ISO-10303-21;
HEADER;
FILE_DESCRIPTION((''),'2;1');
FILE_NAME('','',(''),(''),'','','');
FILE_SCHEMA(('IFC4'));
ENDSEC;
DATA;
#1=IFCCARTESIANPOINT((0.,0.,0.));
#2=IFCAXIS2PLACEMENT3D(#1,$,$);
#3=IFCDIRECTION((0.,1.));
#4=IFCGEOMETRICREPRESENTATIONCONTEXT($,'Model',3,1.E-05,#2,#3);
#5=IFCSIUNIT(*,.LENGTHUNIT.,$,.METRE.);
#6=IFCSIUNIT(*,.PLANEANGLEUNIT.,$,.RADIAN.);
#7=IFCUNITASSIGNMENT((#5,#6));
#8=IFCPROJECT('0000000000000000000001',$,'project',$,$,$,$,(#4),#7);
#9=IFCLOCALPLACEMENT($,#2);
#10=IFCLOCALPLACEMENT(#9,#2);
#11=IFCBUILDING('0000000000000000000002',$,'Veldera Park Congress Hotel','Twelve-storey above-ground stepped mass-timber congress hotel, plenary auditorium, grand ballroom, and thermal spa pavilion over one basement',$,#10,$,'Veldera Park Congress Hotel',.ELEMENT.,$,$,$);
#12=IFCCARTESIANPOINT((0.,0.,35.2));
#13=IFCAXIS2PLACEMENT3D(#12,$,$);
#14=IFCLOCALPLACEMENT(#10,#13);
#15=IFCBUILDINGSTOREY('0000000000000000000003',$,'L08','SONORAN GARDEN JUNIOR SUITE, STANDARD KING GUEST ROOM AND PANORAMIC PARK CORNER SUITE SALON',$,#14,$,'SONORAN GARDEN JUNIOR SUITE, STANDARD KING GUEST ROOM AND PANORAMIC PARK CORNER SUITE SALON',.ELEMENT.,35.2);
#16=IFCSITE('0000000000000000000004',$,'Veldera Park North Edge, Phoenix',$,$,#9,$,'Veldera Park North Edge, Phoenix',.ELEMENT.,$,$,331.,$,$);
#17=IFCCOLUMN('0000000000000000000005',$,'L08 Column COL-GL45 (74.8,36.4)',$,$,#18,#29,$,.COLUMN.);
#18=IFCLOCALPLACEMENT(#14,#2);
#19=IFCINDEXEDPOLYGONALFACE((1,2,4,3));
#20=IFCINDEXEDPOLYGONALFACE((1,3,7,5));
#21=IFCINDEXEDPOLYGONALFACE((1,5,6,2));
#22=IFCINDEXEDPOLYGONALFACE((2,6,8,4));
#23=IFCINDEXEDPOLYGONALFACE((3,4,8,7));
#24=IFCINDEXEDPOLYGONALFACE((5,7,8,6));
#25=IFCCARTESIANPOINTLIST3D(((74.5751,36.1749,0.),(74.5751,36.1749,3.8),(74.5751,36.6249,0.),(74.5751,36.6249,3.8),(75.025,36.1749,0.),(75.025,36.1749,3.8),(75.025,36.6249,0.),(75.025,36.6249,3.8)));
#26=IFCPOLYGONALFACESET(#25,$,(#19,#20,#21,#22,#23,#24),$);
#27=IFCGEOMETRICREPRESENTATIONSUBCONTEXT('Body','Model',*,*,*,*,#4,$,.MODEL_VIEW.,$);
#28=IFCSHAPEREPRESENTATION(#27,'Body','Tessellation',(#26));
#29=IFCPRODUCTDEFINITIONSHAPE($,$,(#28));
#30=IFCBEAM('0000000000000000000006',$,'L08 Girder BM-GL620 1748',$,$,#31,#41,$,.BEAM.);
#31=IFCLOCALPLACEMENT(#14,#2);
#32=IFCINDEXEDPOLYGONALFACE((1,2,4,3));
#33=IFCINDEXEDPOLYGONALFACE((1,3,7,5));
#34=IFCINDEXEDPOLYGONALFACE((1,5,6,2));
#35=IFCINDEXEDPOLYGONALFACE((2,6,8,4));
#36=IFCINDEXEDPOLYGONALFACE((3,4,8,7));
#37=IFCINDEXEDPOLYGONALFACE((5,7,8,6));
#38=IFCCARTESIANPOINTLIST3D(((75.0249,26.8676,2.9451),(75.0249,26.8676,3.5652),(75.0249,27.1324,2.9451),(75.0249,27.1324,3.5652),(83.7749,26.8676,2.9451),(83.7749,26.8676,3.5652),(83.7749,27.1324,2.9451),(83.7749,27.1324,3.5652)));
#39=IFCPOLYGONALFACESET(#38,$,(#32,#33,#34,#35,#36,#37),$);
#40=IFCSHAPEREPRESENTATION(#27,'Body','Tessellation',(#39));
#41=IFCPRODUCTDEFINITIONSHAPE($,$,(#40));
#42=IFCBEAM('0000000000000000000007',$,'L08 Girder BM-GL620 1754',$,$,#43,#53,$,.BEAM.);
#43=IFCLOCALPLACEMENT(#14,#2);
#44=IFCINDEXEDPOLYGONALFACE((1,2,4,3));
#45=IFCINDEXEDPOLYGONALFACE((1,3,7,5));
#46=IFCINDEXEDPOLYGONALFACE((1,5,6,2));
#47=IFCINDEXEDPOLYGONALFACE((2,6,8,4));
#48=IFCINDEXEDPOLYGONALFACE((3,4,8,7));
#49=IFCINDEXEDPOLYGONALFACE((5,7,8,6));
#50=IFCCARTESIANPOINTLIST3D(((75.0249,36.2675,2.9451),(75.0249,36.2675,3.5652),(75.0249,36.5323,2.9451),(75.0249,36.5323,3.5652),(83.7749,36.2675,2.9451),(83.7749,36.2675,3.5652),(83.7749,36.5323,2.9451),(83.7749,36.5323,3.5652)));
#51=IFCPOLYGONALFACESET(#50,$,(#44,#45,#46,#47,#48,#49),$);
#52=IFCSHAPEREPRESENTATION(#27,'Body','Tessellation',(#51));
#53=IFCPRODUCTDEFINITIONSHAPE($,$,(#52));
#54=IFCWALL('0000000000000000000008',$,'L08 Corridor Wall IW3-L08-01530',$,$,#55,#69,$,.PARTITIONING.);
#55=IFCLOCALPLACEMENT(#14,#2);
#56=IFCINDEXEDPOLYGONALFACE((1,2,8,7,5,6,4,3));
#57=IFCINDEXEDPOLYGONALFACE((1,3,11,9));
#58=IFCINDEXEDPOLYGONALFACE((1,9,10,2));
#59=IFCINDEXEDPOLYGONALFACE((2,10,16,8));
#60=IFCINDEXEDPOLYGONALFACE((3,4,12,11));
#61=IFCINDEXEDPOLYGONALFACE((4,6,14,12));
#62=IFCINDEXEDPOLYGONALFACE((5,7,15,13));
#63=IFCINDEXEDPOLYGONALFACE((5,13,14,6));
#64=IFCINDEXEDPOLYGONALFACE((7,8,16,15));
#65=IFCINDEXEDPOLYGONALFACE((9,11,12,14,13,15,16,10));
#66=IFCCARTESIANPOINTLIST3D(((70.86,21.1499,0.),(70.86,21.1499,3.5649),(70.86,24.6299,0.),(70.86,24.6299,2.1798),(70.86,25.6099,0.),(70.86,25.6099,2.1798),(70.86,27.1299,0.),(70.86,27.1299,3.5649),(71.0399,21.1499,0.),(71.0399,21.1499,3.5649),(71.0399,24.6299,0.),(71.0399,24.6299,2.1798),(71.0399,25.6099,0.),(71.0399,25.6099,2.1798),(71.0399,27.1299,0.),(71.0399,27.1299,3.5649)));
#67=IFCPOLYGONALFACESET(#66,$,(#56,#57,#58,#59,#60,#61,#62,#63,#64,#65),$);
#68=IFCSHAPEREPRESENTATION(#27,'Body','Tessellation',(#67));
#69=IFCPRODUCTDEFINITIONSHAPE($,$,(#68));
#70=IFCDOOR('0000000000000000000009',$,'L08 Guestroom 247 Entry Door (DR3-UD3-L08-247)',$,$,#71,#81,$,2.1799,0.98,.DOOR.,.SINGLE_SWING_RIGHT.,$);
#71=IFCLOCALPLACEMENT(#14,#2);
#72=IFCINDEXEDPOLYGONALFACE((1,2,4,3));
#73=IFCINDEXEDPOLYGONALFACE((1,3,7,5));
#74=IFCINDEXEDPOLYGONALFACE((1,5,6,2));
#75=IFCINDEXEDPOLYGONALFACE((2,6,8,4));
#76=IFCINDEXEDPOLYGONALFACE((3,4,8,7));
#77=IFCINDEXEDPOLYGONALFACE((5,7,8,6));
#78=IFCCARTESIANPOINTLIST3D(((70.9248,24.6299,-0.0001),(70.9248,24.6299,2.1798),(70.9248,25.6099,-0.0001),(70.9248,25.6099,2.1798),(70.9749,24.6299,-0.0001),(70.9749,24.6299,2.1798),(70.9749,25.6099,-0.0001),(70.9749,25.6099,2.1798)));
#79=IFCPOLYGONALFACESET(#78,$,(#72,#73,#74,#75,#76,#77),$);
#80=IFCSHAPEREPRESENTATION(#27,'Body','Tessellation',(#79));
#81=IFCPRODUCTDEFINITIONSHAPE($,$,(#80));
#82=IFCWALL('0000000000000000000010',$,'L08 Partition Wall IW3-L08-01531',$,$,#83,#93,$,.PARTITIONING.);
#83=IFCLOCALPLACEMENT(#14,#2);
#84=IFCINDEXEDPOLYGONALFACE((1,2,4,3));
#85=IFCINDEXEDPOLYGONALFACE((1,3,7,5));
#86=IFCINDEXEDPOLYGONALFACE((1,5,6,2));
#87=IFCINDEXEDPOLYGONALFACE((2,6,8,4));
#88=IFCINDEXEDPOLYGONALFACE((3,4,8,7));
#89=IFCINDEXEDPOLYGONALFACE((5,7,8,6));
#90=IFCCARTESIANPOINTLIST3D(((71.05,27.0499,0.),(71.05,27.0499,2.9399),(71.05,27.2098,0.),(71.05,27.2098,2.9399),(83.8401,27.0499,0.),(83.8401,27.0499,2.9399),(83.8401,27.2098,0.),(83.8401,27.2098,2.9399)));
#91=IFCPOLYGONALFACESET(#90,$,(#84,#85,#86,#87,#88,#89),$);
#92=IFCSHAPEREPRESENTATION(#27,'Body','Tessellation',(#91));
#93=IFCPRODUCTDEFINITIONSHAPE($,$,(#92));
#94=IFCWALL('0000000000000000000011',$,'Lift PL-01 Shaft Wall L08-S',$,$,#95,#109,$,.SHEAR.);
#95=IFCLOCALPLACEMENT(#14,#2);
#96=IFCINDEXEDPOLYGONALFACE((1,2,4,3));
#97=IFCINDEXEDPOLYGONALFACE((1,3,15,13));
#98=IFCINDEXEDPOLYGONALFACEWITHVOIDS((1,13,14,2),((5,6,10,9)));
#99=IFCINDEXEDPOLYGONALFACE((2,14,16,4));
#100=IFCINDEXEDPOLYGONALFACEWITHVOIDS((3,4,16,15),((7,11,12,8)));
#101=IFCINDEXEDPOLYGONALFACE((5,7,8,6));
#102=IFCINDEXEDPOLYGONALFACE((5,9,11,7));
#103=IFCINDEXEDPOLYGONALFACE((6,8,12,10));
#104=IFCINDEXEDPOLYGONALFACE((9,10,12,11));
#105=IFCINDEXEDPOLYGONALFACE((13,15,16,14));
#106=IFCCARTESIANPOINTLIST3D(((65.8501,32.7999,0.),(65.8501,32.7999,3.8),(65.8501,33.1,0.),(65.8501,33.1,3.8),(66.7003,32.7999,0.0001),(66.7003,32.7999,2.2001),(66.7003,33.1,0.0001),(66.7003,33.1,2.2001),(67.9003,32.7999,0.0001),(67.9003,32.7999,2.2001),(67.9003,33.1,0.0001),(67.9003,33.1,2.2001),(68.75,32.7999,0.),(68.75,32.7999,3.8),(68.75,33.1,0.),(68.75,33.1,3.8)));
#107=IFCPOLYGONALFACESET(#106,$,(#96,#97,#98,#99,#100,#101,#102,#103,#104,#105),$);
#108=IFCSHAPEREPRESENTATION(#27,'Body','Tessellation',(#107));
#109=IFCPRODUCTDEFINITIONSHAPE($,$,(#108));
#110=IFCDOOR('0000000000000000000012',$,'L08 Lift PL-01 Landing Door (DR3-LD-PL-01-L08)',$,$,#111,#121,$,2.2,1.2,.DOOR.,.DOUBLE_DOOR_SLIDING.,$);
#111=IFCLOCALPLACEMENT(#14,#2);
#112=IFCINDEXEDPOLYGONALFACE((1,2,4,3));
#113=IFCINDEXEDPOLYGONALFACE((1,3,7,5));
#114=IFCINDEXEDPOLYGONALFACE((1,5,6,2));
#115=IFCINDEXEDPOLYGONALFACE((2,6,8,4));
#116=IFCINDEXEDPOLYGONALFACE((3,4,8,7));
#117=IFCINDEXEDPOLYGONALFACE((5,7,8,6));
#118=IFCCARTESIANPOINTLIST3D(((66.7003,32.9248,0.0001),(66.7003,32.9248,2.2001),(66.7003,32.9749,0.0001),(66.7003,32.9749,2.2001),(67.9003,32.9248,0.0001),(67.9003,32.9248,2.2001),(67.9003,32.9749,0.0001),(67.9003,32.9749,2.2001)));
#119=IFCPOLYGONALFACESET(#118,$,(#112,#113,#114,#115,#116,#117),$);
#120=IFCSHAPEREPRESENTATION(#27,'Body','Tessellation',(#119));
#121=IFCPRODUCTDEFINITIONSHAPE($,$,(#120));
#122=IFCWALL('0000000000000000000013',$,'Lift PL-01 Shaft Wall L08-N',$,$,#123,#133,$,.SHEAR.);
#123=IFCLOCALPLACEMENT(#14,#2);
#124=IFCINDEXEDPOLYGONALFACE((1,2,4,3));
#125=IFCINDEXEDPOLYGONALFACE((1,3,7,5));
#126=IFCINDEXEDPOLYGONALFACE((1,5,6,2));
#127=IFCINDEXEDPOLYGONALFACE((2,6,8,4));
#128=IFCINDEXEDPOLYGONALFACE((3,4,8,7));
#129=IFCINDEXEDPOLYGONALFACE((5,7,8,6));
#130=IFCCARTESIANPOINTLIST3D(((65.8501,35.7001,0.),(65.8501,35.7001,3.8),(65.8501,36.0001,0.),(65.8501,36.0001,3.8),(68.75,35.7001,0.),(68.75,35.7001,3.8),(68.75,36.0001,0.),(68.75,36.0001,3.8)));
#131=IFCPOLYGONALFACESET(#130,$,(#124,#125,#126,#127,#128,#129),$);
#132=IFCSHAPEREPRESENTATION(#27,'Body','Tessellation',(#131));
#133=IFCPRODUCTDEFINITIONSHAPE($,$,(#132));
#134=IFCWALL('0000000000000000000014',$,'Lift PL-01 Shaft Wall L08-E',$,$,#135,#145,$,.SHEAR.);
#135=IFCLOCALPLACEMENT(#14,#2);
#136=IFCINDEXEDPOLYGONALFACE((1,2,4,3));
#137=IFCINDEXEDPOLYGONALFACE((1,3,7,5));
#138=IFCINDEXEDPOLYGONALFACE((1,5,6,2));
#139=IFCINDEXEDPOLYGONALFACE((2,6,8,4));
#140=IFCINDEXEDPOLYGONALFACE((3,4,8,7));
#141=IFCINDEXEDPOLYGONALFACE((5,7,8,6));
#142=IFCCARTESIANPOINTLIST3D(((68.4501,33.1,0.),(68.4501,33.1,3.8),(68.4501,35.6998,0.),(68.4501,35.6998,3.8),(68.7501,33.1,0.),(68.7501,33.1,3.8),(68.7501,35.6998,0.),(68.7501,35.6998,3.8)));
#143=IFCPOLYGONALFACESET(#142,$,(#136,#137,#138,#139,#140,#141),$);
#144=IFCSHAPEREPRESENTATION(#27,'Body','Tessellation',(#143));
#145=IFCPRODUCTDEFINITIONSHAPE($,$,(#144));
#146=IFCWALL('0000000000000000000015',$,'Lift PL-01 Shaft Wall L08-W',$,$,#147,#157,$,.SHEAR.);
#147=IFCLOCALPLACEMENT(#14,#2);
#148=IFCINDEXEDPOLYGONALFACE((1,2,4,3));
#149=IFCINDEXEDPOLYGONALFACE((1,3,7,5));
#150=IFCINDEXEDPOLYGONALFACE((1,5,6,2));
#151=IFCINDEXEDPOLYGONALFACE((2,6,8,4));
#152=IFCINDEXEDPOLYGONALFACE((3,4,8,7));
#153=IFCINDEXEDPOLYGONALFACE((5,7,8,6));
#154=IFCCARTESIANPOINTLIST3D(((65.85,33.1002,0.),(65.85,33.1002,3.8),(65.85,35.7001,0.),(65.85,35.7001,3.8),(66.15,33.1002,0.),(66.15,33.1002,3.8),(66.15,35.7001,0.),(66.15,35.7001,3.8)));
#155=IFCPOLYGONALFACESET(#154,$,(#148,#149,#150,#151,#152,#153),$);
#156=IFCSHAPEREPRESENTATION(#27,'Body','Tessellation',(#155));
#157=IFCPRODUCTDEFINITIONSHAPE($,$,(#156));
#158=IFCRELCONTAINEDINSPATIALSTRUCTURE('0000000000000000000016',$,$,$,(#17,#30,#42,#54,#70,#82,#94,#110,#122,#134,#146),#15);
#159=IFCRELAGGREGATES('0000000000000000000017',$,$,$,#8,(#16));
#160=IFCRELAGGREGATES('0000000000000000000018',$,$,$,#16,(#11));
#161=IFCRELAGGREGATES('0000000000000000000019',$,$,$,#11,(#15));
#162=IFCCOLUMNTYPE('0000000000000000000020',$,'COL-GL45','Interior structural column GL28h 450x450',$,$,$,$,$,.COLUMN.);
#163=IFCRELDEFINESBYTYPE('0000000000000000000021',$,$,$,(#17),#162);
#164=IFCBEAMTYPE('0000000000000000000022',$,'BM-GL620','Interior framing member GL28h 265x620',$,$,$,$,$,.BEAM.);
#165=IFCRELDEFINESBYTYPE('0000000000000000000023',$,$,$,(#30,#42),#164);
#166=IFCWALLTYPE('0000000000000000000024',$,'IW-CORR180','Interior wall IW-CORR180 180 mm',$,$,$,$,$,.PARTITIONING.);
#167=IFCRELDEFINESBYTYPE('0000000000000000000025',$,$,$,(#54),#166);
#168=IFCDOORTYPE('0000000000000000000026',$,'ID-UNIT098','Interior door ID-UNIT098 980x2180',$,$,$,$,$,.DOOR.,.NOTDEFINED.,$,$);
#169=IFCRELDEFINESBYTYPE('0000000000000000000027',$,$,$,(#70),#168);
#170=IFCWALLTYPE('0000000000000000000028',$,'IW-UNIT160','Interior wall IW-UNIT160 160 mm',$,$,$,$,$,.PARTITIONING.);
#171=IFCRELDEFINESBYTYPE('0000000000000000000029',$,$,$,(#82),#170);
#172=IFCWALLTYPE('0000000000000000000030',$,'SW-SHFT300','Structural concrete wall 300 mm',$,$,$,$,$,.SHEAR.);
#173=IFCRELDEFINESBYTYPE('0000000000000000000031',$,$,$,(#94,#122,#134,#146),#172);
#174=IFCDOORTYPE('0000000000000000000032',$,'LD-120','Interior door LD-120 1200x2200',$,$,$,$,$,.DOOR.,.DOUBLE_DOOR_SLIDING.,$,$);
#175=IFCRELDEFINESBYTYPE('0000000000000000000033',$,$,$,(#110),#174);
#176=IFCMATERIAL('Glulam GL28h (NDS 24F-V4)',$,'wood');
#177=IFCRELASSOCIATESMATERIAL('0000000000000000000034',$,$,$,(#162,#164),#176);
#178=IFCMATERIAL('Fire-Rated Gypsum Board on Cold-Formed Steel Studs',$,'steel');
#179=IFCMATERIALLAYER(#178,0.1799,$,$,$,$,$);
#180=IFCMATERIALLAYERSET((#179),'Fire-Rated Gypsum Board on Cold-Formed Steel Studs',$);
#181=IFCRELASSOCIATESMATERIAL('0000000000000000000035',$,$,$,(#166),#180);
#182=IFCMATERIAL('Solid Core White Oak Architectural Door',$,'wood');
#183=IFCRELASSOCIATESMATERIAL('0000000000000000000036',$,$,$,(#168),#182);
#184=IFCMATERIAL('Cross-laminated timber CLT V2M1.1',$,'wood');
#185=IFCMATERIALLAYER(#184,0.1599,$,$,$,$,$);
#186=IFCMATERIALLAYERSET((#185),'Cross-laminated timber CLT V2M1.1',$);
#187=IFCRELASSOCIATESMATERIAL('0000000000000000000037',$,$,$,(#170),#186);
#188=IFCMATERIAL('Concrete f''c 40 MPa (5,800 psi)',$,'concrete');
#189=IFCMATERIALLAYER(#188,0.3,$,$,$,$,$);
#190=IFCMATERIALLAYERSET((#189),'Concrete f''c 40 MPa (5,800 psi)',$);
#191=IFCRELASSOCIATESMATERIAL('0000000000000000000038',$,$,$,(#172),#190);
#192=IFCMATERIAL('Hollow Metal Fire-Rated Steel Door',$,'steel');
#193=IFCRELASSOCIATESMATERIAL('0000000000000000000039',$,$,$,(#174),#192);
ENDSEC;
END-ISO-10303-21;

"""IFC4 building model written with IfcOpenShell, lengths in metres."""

from ifc_helpers import new_model, si_unit, direction, frame, frame_2d, origin, origin_2d, place, context, subcontext, project, spatial, rectangle, extrude, material, layer, layer_set, material_profile, profile_set, type_object, element, fill, save


model = new_model("IFC4")

# Units and contexts
model_context = context("Model", 3, precision=1e-05, world=origin(), true_north=direction((0.0, 1.0)))
body_context = subcontext(model_context, "Body", "Model", "MODEL_VIEW")
ifc_project = project(units=[si_unit("LENGTHUNIT", "METRE"), si_unit("PLANEANGLEUNIT", "RADIAN")], contexts=[model_context])

# Site, building, storey
site_placement = place(None, origin())
site = spatial("IfcSite", under=ifc_project, at=site_placement, Name="Veldera Park North Edge, Phoenix", LongName="Veldera Park North Edge, Phoenix", CompositionType="ELEMENT", RefElevation=331.0)
building_placement = place(site_placement, origin())
building = spatial("IfcBuilding", under=site, at=building_placement, Name="Veldera Park Congress Hotel", Description="Twelve-storey above-ground stepped mass-timber congress hotel, plenary auditorium, grand ballroom, and thermal spa pavilion over one basement", LongName="Veldera Park Congress Hotel", CompositionType="ELEMENT")
storey_placement = place(building_placement, frame((0.0, 0.0, 35.2)))
storey = spatial("IfcBuildingStorey", under=building, at=storey_placement, Name="L08", Description="SONORAN GARDEN JUNIOR SUITE, STANDARD KING GUEST ROOM AND PANORAMIC PARK CORNER SUITE SALON", LongName="SONORAN GARDEN JUNIOR SUITE, STANDARD KING GUEST ROOM AND PANORAMIC PARK CORNER SUITE SALON", CompositionType="ELEMENT", Elevation=35.2)

# Column
ifc_material_1 = material(Name="Glulam GL28h (NDS 24F-V4)", Category="wood")
ifc_material_profile_1 = material_profile(ifc_material_1, rectangle(XDim=0.45, YDim=0.45, at=origin_2d()), Name="GL28h 450x450")
ifc_profile_set_1 = profile_set([ifc_material_profile_1], Name="Glulam GL28h (NDS 24F-V4)")
column_type = type_object("IfcColumnType", Name="COL-GL45", Description="Interior structural column GL28h 450x450", PredefinedType="COLUMN", material=ifc_profile_set_1)
column_placement = place(storey_placement, frame((74.8, 36.3999, 0.0), z_axis=(0.0, 0.0, 1.0), x_axis=(1.0, 0.0, 0.0)))
element("IfcColumn", 1, at=column_placement, inside=storey, type_object=column_type, Name="L08 Column COL-GL45 (74.8,36.4)", PredefinedType="COLUMN", context=body_context, shape_type="SweptSolid", body=[
    extrude(rectangle(XDim=0.45, YDim=0.45, at=origin_2d()), origin(), (0.0, 0.0, 1.0), 3.8),
])

# Beams
ifc_material_profile_2 = material_profile(ifc_material_1, rectangle(XDim=0.2649, YDim=0.6201, at=origin_2d()), Name="GL28h 265x620")
ifc_profile_set_2 = profile_set([ifc_material_profile_2], Name="Glulam GL28h (NDS 24F-V4)")
beam_type = type_object("IfcBeamType", Name="BM-GL620", Description="Interior framing member GL28h 265x620", PredefinedType="BEAM", material=ifc_profile_set_2)
for number, where, z_axis, x_axis, name in (
    (2, (75.0249, 27.0, 3.2551), (1.0, 0.0, 0.0), (0.0, 1.0, 0.0), "L08 Girder BM-GL620 1748"),
    (3, (75.0249, 36.3999, 3.2551), (1.0, 0.0, 0.0), (0.0, 1.0, 0.0), "L08 Girder BM-GL620 1754"),
):
    element("IfcBeam", number, at=place(storey_placement, frame(where, z_axis=z_axis, x_axis=x_axis)), inside=storey, type_object=beam_type, Name=name, PredefinedType="BEAM", context=body_context, shape_type="SweptSolid", body=[
        extrude(rectangle(XDim=0.2649, YDim=0.6201, at=origin_2d()), origin(), (0.0, 0.0, 1.0), 8.75),
    ])

# Wall, opening, door
ifc_material_2 = material(Name="Fire-Rated Gypsum Board on Cold-Formed Steel Studs", Category="steel")
ifc_layer_1 = layer(ifc_material_2, 0.1799)
ifc_layer_set_1 = layer_set([ifc_layer_1], Name="Fire-Rated Gypsum Board on Cold-Formed Steel Studs")
wall_type_1 = type_object("IfcWallType", Name="IW-CORR180", Description="Interior wall IW-CORR180 180 mm", PredefinedType="PARTITIONING", material=ifc_layer_set_1)
wall_1_placement = place(storey_placement, frame((70.95, 27.1299, 0.0), z_axis=(0.0, 0.0, 1.0), x_axis=(0.0, -1.0, 0.0)))
wall_1 = element("IfcWall", 4, at=wall_1_placement, inside=storey, type_object=wall_type_1, Name="L08 Corridor Wall IW3-L08-01530", PredefinedType="PARTITIONING", context=body_context, shape_type="SweptSolid", body=[
    extrude(rectangle(XDim=5.98, YDim=0.1799, at=frame_2d((2.99, 0.0))), origin(), (0.0, 0.0, 1.0), 3.5649),
])
opening_1_placement = place(wall_1_placement, frame((1.52, 0.0, 0.0)))
opening_1 = element("IfcOpeningElement", 5, at=opening_1_placement, cuts=wall_1, PredefinedType="OPENING", context=body_context, shape_type="SweptSolid", body=[
    extrude(rectangle(XDim=0.98, YDim=2.1799, at=frame_2d((0.49, 1.0898))), frame((0.0, 0.1021, 0.0), z_axis=(0.0, -1.0, 0.0), x_axis=(1.0, 0.0, 0.0)), (0.0, 0.0, 1.0), 0.2039),
])
ifc_material_3 = material(Name="Solid Core White Oak Architectural Door", Category="wood")
door_type_1 = type_object("IfcDoorType", Name="ID-UNIT098", Description="Interior door ID-UNIT098 980x2180", OperationType="NOTDEFINED", PredefinedType="DOOR", material=ifc_material_3)
door_1_placement = place(opening_1_placement, origin())
door_1 = element("IfcDoor", 6, at=door_1_placement, inside=storey, type_object=door_type_1, Name="L08 Guestroom 247 Entry Door (DR3-UD3-L08-247)", OperationType="SINGLE_SWING_RIGHT", OverallHeight=2.1799, OverallWidth=0.98, PredefinedType="DOOR", context=body_context, shape_type="SweptSolid", body=[
    extrude(rectangle(XDim=0.98, YDim=2.1799, at=frame_2d((0.49, 1.0898))), frame((0.0, 0.0249, 0.0), z_axis=(0.0, -1.0, 0.0), x_axis=(1.0, 0.0, 0.0)), (0.0, 0.0, 1.0), 0.05),
])
fill(opening_1, door_1)

# Wall
ifc_material_4 = material(Name="Cross-laminated timber CLT V2M1.1", Category="wood")
ifc_layer_2 = layer(ifc_material_4, 0.1599)
ifc_layer_set_2 = layer_set([ifc_layer_2], Name="Cross-laminated timber CLT V2M1.1")
wall_type_2 = type_object("IfcWallType", Name="IW-UNIT160", Description="Interior wall IW-UNIT160 160 mm", PredefinedType="PARTITIONING", material=ifc_layer_set_2)
wall_2_placement = place(storey_placement, frame((71.05, 27.1299, 0.0), z_axis=(0.0, 0.0, 1.0), x_axis=(1.0, 0.0, 0.0)))
element("IfcWall", 7, at=wall_2_placement, inside=storey, type_object=wall_type_2, Name="L08 Partition Wall IW3-L08-01531", PredefinedType="PARTITIONING", context=body_context, shape_type="SweptSolid", body=[
    extrude(rectangle(XDim=12.79, YDim=0.1599, at=frame_2d((6.395, 0.0))), origin(), (0.0, 0.0, 1.0), 2.9399),
])

# Wall, opening, door
ifc_material_5 = material(Name="Concrete f'c 40 MPa (5,800 psi)", Category="concrete")
ifc_layer_3 = layer(ifc_material_5, 0.3)
ifc_layer_set_3 = layer_set([ifc_layer_3], Name="Concrete f'c 40 MPa (5,800 psi)")
wall_type_3 = type_object("IfcWallType", Name="SW-SHFT300", Description="Structural concrete wall 300 mm", PredefinedType="SHEAR", material=ifc_layer_set_3)
wall_3_placement = place(storey_placement, frame((65.8501, 32.95, 0.0), z_axis=(0.0, 0.0, 1.0), x_axis=(1.0, 0.0, 0.0)))
wall_3 = element("IfcWall", 8, at=wall_3_placement, inside=storey, type_object=wall_type_3, Name="Lift PL-01 Shaft Wall L08-S", PredefinedType="SHEAR", context=body_context, shape_type="SweptSolid", body=[
    extrude(rectangle(XDim=2.8999, YDim=0.3, at=frame_2d((1.45, 0.0))), origin(), (0.0, 0.0, 1.0), 3.8),
])
opening_2_placement = place(wall_3_placement, frame((0.8501, 0.0, 0.0)))
opening_2 = element("IfcOpeningElement", 9, at=opening_2_placement, cuts=wall_3, PredefinedType="OPENING", context=body_context, shape_type="SweptSolid", body=[
    extrude(rectangle(XDim=1.2, YDim=2.2, at=frame_2d((0.6001, 1.1001))), frame((0.0, 0.1621, 0.0), z_axis=(0.0, -1.0, 0.0), x_axis=(1.0, 0.0, 0.0)), (0.0, 0.0, 1.0), 0.324),
])
ifc_material_6 = material(Name="Hollow Metal Fire-Rated Steel Door", Category="steel")
door_type_2 = type_object("IfcDoorType", Name="LD-120", Description="Interior door LD-120 1200x2200", OperationType="DOUBLE_DOOR_SLIDING", PredefinedType="DOOR", material=ifc_material_6)
door_2_placement = place(opening_2_placement, origin())
door_2 = element("IfcDoor", 10, at=door_2_placement, inside=storey, type_object=door_type_2, Name="L08 Lift PL-01 Landing Door (DR3-LD-PL-01-L08)", OperationType="DOUBLE_DOOR_SLIDING", OverallHeight=2.2, OverallWidth=1.2, PredefinedType="DOOR", context=body_context, shape_type="SweptSolid", body=[
    extrude(rectangle(XDim=1.2, YDim=2.2, at=frame_2d((0.6001, 1.1001))), frame((0.0, 0.0249, 0.0), z_axis=(0.0, -1.0, 0.0), x_axis=(1.0, 0.0, 0.0)), (0.0, 0.0, 1.0), 0.05),
])
fill(opening_2, door_2)

# Walls
wall_4_placement = place(storey_placement, frame((68.75, 35.8501, 0.0), z_axis=(0.0, 0.0, 1.0), x_axis=(-1.0, 0.0, 0.0)))
element("IfcWall", 11, at=wall_4_placement, inside=storey, type_object=wall_type_3, Name="Lift PL-01 Shaft Wall L08-N", PredefinedType="SHEAR", context=body_context, shape_type="SweptSolid", body=[
    extrude(rectangle(XDim=2.8999, YDim=0.3, at=frame_2d((1.45, 0.0))), origin(), (0.0, 0.0, 1.0), 3.8),
])
for number, where, z_axis, x_axis, name in (
    (12, (68.6001, 33.1001, 0.0), (0.0, 0.0, 1.0), (0.0, 1.0, 0.0), "Lift PL-01 Shaft Wall L08-E"),
    (13, (66.0, 35.7, 0.0), (0.0, 0.0, 1.0), (0.0, -1.0, 0.0), "Lift PL-01 Shaft Wall L08-W"),
):
    element("IfcWall", number, at=place(storey_placement, frame(where, z_axis=z_axis, x_axis=x_axis)), inside=storey, type_object=wall_type_3, Name=name, PredefinedType="SHEAR", context=body_context, shape_type="SweptSolid", body=[
        extrude(rectangle(XDim=2.5999, YDim=0.3, at=frame_2d((1.2998, 0.0))), origin(), (0.0, 0.0, 1.0), 3.8),
    ])

save(model, "model.ifc")
